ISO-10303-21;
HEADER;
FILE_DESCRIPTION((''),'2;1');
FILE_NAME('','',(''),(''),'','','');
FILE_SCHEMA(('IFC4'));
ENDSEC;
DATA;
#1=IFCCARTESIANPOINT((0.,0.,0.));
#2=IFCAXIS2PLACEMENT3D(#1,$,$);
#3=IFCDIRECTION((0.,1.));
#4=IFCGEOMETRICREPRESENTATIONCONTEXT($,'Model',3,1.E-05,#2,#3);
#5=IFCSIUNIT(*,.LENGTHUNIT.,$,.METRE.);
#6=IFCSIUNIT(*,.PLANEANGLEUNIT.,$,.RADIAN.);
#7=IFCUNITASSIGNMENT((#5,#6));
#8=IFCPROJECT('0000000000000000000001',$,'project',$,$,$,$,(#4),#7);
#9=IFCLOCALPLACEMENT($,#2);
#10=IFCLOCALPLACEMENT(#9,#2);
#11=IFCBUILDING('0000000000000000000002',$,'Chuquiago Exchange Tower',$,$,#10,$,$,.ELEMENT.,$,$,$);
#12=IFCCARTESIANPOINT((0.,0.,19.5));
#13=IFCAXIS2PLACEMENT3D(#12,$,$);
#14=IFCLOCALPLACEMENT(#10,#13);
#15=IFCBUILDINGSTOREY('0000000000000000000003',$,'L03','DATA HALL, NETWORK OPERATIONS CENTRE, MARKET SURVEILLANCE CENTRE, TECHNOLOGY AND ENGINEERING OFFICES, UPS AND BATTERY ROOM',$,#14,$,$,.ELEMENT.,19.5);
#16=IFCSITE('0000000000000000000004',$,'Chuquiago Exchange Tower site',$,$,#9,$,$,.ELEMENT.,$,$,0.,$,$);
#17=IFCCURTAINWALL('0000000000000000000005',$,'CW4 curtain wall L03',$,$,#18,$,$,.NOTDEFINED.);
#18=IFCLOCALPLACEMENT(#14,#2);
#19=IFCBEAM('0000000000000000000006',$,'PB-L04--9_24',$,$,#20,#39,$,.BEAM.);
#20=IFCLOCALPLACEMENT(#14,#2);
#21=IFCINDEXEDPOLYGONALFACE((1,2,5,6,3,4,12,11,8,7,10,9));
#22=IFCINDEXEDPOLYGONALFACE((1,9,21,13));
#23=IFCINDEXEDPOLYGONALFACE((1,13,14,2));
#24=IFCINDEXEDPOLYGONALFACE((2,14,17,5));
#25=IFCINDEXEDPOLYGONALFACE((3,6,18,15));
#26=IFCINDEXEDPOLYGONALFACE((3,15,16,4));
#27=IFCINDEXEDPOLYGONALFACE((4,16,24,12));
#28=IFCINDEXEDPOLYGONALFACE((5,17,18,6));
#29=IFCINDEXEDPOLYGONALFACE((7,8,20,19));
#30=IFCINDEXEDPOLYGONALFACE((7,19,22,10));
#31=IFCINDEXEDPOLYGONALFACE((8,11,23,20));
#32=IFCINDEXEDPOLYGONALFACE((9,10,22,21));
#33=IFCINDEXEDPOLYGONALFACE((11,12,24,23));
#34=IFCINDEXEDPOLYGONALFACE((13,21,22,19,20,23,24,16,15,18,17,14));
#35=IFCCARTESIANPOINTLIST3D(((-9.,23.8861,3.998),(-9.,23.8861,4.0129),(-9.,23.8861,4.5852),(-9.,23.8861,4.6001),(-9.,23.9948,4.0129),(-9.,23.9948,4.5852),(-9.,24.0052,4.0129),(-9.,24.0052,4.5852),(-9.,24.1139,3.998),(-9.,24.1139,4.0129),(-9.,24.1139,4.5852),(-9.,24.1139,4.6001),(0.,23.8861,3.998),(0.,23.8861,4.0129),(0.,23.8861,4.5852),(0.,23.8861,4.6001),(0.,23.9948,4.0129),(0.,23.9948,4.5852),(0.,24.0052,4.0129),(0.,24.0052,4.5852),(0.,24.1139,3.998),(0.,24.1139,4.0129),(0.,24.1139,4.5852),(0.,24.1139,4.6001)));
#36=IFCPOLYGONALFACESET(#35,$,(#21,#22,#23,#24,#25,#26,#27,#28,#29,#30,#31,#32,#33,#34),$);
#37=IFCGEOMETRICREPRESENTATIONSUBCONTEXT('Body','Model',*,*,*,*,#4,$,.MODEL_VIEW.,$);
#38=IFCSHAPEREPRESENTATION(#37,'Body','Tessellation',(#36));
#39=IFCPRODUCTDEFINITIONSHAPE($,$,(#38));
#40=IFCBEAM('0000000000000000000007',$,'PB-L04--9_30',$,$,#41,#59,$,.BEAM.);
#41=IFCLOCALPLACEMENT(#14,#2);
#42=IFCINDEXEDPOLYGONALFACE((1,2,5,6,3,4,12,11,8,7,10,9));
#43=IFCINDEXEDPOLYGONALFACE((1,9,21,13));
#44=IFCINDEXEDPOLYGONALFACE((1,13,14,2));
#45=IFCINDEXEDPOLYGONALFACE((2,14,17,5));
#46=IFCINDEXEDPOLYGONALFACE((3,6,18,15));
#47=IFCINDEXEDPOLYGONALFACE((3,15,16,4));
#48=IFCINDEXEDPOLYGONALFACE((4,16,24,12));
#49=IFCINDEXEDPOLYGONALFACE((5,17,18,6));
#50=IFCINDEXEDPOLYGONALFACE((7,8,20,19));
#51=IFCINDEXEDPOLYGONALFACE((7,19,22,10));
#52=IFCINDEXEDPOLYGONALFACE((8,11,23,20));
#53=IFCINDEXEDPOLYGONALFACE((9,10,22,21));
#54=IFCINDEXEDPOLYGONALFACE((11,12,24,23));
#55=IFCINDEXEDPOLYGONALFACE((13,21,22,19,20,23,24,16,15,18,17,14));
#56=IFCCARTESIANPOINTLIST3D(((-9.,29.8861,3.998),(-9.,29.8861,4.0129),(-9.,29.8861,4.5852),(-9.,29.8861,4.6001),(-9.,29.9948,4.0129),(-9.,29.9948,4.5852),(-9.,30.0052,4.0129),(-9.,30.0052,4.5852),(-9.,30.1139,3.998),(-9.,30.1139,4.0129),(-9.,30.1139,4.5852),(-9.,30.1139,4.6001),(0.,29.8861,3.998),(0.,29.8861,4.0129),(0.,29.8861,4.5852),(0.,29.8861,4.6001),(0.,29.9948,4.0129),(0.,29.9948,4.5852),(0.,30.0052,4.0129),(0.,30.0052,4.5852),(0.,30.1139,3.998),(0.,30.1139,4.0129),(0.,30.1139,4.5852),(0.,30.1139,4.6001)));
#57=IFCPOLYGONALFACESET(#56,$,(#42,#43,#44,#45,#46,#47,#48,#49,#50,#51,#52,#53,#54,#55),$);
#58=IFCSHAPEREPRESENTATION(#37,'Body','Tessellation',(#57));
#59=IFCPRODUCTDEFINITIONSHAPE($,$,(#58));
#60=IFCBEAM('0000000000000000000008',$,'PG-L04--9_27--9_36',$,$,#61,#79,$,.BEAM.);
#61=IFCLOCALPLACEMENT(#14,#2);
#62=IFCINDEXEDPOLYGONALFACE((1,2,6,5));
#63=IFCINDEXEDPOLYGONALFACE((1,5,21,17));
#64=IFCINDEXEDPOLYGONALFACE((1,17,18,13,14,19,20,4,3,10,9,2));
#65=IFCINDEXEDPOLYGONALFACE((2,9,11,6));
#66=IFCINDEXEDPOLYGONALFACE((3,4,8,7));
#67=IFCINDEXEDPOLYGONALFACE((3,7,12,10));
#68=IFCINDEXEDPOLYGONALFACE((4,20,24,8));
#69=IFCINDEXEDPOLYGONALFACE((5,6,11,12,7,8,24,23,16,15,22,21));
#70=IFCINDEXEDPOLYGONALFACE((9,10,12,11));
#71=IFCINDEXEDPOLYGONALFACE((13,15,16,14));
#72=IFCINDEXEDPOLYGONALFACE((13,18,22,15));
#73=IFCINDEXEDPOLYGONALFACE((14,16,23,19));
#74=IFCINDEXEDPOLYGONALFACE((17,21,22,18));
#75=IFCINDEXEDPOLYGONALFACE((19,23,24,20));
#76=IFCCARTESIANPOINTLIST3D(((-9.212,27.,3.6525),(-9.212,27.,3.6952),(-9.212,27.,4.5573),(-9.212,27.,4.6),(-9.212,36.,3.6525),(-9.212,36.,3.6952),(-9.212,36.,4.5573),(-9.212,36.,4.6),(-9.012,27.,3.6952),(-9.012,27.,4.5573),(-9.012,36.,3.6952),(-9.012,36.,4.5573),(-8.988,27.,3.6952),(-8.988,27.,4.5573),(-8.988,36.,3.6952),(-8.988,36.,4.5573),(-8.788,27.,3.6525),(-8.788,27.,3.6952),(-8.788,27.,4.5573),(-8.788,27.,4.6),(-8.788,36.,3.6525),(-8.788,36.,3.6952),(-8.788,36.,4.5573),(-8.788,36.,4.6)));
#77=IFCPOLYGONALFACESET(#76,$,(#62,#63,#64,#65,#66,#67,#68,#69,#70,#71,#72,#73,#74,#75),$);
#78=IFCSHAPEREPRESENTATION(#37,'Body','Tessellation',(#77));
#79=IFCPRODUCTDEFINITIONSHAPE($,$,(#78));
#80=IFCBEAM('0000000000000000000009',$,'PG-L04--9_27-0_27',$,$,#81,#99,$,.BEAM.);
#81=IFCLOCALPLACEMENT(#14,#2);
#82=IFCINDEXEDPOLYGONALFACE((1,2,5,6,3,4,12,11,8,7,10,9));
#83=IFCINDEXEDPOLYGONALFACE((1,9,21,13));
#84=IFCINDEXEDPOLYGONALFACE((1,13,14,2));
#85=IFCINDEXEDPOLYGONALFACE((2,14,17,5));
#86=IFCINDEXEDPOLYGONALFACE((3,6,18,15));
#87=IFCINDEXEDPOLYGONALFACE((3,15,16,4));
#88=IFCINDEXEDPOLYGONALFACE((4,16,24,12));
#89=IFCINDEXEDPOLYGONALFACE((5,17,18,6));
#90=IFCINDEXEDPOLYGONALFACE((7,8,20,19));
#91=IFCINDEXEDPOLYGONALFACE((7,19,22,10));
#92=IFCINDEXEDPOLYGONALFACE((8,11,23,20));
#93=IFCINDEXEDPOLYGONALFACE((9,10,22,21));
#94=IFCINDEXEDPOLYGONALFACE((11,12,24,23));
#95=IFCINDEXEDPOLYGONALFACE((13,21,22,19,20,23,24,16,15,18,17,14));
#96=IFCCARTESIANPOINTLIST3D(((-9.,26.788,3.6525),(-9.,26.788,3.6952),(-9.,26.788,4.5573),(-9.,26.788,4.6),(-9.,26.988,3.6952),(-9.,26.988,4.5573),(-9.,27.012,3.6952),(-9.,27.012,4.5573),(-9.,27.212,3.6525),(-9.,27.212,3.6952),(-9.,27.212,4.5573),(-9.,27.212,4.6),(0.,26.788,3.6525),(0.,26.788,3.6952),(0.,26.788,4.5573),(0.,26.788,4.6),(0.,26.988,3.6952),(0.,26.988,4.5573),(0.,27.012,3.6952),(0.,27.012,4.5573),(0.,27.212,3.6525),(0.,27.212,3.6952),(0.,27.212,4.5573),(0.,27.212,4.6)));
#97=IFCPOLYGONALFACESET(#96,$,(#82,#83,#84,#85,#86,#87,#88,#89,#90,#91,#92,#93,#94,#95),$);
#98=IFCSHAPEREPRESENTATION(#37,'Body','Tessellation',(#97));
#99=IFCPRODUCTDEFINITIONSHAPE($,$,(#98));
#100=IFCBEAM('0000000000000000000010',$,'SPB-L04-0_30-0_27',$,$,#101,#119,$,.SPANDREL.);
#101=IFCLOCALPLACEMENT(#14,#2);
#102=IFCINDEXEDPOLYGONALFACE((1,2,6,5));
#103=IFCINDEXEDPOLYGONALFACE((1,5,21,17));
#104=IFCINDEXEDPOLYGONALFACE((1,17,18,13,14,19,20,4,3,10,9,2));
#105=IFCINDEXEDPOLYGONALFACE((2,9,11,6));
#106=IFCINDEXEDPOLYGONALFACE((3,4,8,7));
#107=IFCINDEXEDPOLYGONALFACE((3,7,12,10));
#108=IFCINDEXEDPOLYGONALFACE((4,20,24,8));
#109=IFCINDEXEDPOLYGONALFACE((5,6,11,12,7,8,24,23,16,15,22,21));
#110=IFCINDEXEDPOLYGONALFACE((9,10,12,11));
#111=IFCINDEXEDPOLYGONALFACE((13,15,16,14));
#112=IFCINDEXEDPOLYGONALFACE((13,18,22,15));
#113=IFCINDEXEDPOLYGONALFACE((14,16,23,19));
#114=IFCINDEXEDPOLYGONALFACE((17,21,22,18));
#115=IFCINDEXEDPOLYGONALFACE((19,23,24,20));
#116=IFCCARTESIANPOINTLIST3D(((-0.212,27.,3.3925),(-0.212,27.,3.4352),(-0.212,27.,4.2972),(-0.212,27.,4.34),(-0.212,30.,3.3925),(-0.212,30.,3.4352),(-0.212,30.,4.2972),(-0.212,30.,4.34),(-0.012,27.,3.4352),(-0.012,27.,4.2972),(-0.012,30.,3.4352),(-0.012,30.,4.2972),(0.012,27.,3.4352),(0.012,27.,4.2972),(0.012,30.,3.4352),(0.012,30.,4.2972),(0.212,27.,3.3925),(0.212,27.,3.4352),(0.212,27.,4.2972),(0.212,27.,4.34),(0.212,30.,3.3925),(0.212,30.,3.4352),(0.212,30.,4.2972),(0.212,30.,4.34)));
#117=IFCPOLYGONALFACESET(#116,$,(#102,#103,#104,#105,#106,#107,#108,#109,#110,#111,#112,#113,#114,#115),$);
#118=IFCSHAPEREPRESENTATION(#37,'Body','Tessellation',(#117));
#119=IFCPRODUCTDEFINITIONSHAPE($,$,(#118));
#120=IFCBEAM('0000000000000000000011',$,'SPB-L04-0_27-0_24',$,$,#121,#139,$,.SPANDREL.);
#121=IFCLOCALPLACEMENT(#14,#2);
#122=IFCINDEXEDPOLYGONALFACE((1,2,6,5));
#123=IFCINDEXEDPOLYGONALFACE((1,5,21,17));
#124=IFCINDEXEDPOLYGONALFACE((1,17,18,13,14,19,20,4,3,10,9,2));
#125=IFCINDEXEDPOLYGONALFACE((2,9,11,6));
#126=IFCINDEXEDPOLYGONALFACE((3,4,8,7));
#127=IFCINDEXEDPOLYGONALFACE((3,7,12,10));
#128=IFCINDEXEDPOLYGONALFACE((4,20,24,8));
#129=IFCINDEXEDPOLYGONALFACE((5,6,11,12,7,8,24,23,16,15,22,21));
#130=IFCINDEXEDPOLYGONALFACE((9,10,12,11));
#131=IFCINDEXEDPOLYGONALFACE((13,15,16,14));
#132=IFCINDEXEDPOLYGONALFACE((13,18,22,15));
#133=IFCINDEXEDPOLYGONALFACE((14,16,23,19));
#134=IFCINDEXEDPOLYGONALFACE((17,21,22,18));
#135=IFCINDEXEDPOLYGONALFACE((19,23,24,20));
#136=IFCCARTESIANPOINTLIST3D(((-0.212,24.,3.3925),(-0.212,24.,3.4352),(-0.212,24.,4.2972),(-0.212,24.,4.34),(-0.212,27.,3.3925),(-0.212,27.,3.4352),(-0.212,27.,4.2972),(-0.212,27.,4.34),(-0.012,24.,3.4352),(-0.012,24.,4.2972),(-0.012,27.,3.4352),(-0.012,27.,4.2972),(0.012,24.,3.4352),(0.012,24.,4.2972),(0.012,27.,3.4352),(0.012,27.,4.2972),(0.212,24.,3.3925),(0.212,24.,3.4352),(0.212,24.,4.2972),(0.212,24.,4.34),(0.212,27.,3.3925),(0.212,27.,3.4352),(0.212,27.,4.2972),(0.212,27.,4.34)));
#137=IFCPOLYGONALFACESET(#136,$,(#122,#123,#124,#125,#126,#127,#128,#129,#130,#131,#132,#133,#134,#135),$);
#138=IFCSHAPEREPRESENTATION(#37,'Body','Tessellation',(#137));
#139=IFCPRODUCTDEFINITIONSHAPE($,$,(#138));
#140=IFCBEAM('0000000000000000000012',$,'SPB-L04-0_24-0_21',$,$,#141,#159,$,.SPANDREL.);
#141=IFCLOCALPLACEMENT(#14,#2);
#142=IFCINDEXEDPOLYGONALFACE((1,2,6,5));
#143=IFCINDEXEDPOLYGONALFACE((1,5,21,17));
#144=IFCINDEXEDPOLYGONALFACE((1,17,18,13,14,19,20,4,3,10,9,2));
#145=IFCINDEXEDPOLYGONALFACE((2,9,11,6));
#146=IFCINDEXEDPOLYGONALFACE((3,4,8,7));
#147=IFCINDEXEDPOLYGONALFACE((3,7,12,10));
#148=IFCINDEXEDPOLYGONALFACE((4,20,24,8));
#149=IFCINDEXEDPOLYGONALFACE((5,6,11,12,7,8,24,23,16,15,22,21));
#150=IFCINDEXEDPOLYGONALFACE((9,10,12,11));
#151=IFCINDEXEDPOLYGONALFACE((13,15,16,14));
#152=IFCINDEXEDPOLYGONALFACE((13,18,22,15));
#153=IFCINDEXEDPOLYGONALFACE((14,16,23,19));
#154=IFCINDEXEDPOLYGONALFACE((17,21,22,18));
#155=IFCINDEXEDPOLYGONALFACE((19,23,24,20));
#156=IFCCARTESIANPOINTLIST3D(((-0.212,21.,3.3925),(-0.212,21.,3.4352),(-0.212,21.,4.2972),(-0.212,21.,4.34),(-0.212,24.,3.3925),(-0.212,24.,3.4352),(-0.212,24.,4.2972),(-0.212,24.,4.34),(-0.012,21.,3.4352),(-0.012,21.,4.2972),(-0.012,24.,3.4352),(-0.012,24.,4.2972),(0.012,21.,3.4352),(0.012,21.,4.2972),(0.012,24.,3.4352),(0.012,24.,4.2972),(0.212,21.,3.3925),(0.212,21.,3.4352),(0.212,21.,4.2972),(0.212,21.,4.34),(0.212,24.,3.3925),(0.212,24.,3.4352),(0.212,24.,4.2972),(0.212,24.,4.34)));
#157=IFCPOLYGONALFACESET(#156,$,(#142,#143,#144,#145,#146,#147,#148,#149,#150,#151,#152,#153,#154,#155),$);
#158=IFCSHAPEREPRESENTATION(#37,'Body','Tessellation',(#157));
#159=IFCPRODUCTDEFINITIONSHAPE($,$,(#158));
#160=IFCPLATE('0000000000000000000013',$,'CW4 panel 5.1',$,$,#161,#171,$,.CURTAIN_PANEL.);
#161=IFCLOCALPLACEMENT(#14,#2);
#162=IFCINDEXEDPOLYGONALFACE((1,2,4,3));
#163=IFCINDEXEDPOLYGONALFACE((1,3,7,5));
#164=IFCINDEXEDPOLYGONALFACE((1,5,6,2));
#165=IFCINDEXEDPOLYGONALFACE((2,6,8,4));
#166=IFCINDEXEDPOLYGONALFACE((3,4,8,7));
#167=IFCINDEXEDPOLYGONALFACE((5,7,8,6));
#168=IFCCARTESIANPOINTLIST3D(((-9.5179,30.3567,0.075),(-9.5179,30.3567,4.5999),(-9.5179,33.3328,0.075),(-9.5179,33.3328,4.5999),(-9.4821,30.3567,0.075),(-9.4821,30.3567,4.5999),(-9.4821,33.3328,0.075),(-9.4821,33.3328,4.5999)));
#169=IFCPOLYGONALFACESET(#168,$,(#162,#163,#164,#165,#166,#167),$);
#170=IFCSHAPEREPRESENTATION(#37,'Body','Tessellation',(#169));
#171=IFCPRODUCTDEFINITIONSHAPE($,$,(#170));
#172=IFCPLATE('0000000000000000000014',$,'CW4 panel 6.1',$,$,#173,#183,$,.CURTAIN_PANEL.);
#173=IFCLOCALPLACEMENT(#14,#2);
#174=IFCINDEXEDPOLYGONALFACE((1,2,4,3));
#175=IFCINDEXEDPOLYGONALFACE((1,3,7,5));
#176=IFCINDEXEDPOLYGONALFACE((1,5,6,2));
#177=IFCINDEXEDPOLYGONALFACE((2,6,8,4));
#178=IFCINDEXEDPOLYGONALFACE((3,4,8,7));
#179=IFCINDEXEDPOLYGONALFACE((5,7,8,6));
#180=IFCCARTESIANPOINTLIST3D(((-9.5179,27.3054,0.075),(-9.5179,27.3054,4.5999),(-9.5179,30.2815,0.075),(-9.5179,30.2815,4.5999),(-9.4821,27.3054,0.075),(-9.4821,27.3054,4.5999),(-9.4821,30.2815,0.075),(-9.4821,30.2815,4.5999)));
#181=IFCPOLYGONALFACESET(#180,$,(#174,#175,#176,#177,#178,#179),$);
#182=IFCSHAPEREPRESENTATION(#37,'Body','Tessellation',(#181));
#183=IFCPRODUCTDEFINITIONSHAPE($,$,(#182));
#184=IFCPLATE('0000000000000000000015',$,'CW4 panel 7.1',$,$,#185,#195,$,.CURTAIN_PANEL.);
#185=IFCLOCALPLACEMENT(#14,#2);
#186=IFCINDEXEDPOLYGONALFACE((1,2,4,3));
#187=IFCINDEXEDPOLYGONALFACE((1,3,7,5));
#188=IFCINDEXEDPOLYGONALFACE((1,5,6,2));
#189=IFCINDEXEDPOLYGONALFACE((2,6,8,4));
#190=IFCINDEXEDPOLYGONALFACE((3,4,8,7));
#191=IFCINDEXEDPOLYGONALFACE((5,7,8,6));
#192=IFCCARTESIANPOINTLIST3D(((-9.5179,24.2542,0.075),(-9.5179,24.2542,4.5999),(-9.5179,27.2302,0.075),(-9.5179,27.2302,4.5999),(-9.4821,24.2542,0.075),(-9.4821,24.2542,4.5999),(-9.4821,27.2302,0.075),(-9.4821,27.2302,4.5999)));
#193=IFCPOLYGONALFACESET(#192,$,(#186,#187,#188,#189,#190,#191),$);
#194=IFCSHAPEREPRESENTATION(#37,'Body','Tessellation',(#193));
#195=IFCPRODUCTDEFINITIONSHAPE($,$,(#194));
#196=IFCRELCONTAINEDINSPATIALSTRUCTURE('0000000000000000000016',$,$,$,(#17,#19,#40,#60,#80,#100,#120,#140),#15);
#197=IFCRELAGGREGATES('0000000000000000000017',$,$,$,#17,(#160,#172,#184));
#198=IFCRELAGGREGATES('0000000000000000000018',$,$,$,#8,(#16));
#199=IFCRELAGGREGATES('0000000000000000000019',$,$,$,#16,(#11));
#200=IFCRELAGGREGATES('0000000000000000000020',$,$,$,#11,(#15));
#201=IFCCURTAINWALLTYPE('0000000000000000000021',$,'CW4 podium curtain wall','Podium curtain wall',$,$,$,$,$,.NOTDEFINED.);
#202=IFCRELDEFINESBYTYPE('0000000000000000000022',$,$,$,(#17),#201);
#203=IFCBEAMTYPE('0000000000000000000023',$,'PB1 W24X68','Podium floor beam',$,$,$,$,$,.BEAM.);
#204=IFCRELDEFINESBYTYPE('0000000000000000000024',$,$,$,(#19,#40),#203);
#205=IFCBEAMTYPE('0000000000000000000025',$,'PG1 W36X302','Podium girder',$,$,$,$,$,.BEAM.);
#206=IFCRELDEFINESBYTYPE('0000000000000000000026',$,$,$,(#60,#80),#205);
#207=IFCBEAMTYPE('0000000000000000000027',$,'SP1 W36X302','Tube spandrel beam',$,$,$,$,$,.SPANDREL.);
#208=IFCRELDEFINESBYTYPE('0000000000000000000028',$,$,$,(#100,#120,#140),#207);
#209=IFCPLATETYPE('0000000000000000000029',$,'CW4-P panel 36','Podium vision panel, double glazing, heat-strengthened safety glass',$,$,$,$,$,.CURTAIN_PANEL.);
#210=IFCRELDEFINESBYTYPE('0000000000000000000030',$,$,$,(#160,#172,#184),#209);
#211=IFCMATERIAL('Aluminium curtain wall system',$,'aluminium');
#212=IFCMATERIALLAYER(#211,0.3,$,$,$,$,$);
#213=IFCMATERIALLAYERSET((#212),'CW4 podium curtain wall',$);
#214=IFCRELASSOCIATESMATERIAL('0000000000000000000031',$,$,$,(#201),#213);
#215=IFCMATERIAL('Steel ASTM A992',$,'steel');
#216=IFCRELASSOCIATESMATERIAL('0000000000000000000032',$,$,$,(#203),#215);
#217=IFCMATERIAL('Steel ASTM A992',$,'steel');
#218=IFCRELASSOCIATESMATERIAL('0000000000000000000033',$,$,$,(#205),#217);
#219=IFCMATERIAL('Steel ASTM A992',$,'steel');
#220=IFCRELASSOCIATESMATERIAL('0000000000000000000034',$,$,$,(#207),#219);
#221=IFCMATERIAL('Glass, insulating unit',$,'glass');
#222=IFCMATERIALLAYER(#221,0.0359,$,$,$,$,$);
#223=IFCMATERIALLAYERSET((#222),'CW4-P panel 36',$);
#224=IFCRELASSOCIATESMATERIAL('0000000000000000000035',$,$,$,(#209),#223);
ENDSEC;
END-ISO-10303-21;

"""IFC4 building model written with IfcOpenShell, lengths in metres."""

from ifc_helpers import new_model, si_unit, direction, frame, origin, origin_2d, place, context, subcontext, project, spatial, rectangle, i_section, extrude, material, layer, layer_set, material_profile, profile_set, type_object, element, aggregate, save


model = new_model("IFC4")

# Units and contexts
model_context = context("Model", 3, precision=1e-05, world=origin(), true_north=direction((0.0, 1.0)))
body_context = subcontext(model_context, "Body", "Model", "MODEL_VIEW")
ifc_project = project(units=[si_unit("LENGTHUNIT", "METRE"), si_unit("PLANEANGLEUNIT", "RADIAN")], contexts=[model_context])

# Site, building, storey
site_placement = place(None, origin())
site = spatial("IfcSite", under=ifc_project, at=site_placement, Name="Chuquiago Exchange Tower site", CompositionType="ELEMENT", RefElevation=0.0)
building_placement = place(site_placement, origin())
building = spatial("IfcBuilding", under=site, at=building_placement, Name="Chuquiago Exchange Tower", CompositionType="ELEMENT")
storey_placement = place(building_placement, frame((0.0, 0.0, 19.5)))
storey = spatial("IfcBuildingStorey", under=building, at=storey_placement, Name="L03", Description="DATA HALL, NETWORK OPERATIONS CENTRE, MARKET SURVEILLANCE CENTRE, TECHNOLOGY AND ENGINEERING OFFICES, UPS AND BATTERY ROOM", CompositionType="ELEMENT", Elevation=19.5)

# Curtain wall
ifc_material_1 = material(Name="Aluminium curtain wall system", Category="aluminium")
ifc_layer_1 = layer(ifc_material_1, 0.3)
ifc_layer_set_1 = layer_set([ifc_layer_1], Name="CW4 podium curtain wall")
curtain_wall_type = type_object("IfcCurtainWallType", Name="CW4 podium curtain wall", Description="Podium curtain wall", PredefinedType="NOTDEFINED", material=ifc_layer_set_1)
curtain_wall_placement = place(storey_placement, origin())
curtain_wall = element("IfcCurtainWall", 1, at=curtain_wall_placement, inside=storey, type_object=curtain_wall_type, Name="CW4 curtain wall L03", PredefinedType="NOTDEFINED")

# Beams
ifc_material_2 = material(Name="Steel ASTM A992", Category="steel")
ifc_material_profile_1 = material_profile(ifc_material_2, i_section(OverallWidth=0.2278, OverallDepth=0.6021, WebThickness=0.0105, FlangeThickness=0.0149, at=origin_2d()), Name="W24X68")
ifc_profile_set_1 = profile_set([ifc_material_profile_1], Name="Steel ASTM A992")
beam_type_1 = type_object("IfcBeamType", Name="PB1 W24X68", Description="Podium floor beam", PredefinedType="BEAM", material=ifc_profile_set_1)
for number, where, z_axis, x_axis, name in (
    (2, (-9.0, 24.0, 4.2991), (1.0, 0.0, 0.0), (0.0, 1.0, 0.0), "PB-L04--9_24"),
    (3, (-9.0, 30.0, 4.2991), (1.0, 0.0, 0.0), (0.0, 1.0, 0.0), "PB-L04--9_30"),
):
    element("IfcBeam", number, at=place(storey_placement, frame(where, z_axis=z_axis, x_axis=x_axis)), inside=storey, type_object=beam_type_1, Name=name, PredefinedType="BEAM", context=body_context, shape_type="SweptSolid", body=[
        extrude(i_section(OverallWidth=0.2278, OverallDepth=0.6021, WebThickness=0.0105, FlangeThickness=0.0149, at=origin_2d()), origin(), (0.0, 0.0, 1.0), 9.0),
    ])
ifc_material_3 = material(Name="Steel ASTM A992", Category="steel")
ifc_material_profile_2 = material_profile(ifc_material_3, i_section(OverallWidth=0.4241, OverallDepth=0.9475, WebThickness=0.0239, FlangeThickness=0.0427, at=origin_2d()), Name="W36X302")
ifc_profile_set_2 = profile_set([ifc_material_profile_2], Name="Steel ASTM A992")
beam_type_2 = type_object("IfcBeamType", Name="PG1 W36X302", Description="Podium girder", PredefinedType="BEAM", material=ifc_profile_set_2)
for number, where, z_axis, x_axis, name in (
    (4, (-9.0, 27.0, 4.1262), (0.0, 1.0, 0.0), (-1.0, 0.0, 0.0), "PG-L04--9_27--9_36"),
    (5, (-9.0, 27.0, 4.1262), (1.0, 0.0, 0.0), (0.0, 1.0, 0.0), "PG-L04--9_27-0_27"),
):
    element("IfcBeam", number, at=place(storey_placement, frame(where, z_axis=z_axis, x_axis=x_axis)), inside=storey, type_object=beam_type_2, Name=name, PredefinedType="BEAM", context=body_context, shape_type="SweptSolid", body=[
        extrude(i_section(OverallWidth=0.4241, OverallDepth=0.9475, WebThickness=0.0239, FlangeThickness=0.0427, at=origin_2d()), origin(), (0.0, 0.0, 1.0), 9.0),
    ])
ifc_material_4 = material(Name="Steel ASTM A992", Category="steel")
ifc_material_profile_3 = material_profile(ifc_material_4, i_section(OverallWidth=0.4241, OverallDepth=0.9475, WebThickness=0.0239, FlangeThickness=0.0427, at=origin_2d()), Name="W36X302")
ifc_profile_set_3 = profile_set([ifc_material_profile_3], Name="Steel ASTM A992")
beam_type_3 = type_object("IfcBeamType", Name="SP1 W36X302", Description="Tube spandrel beam", PredefinedType="SPANDREL", material=ifc_profile_set_3)
for number, where, z_axis, x_axis, name in (
    (6, (0.0, 30.0, 3.8662), (0.0, -1.0, 0.0), (1.0, 0.0, 0.0), "SPB-L04-0_30-0_27"),
    (7, (0.0, 27.0, 3.8662), (0.0, -1.0, 0.0), (1.0, 0.0, 0.0), "SPB-L04-0_27-0_24"),
    (8, (0.0, 24.0, 3.8662), (0.0, -1.0, 0.0), (1.0, 0.0, 0.0), "SPB-L04-0_24-0_21"),
):
    element("IfcBeam", number, at=place(storey_placement, frame(where, z_axis=z_axis, x_axis=x_axis)), inside=storey, type_object=beam_type_3, Name=name, PredefinedType="SPANDREL", context=body_context, shape_type="SweptSolid", body=[
        extrude(i_section(OverallWidth=0.4241, OverallDepth=0.9475, WebThickness=0.0239, FlangeThickness=0.0427, at=origin_2d()), origin(), (0.0, 0.0, 1.0), 3.0),
    ])

# Plates
ifc_material_5 = material(Name="Glass, insulating unit", Category="glass")
ifc_layer_2 = layer(ifc_material_5, 0.0359)
ifc_layer_set_2 = layer_set([ifc_layer_2], Name="CW4-P panel 36")
plate_type = type_object("IfcPlateType", Name="CW4-P panel 36", Description="Podium vision panel, double glazing, heat-strengthened safety glass", PredefinedType="CURTAIN_PANEL", material=ifc_layer_set_2)
plate_1_placement = place(storey_placement, frame((-9.5, 31.8447, 0.075), z_axis=(0.0, 0.0, 1.0), x_axis=(0.0, -1.0, 0.0)))
plate_1 = element("IfcPlate", 9, at=plate_1_placement, type_object=plate_type, Name="CW4 panel 5.1", PredefinedType="CURTAIN_PANEL", context=body_context, shape_type="SweptSolid", body=[
    extrude(rectangle(XDim=2.9761, YDim=0.0359, at=origin_2d()), origin(), (0.0, 0.0, 1.0), 4.5249),
])
plate_2_placement = place(storey_placement, frame((-9.5, 28.7935, 0.075), z_axis=(0.0, 0.0, 1.0), x_axis=(0.0, -1.0, 0.0)))
plate_2 = element("IfcPlate", 10, at=plate_2_placement, type_object=plate_type, Name="CW4 panel 6.1", PredefinedType="CURTAIN_PANEL", context=body_context, shape_type="SweptSolid", body=[
    extrude(rectangle(XDim=2.9761, YDim=0.0359, at=origin_2d()), origin(), (0.0, 0.0, 1.0), 4.5249),
])
plate_3_placement = place(storey_placement, frame((-9.5, 25.7422, 0.075), z_axis=(0.0, 0.0, 1.0), x_axis=(0.0, -1.0, 0.0)))
plate_3 = element("IfcPlate", 11, at=plate_3_placement, type_object=plate_type, Name="CW4 panel 7.1", PredefinedType="CURTAIN_PANEL", context=body_context, shape_type="SweptSolid", body=[
    extrude(rectangle(XDim=2.9761, YDim=0.0359, at=origin_2d()), origin(), (0.0, 0.0, 1.0), 4.5249),
])
aggregate(curtain_wall, [plate_1, plate_2, plate_3])

save(model, "model.ifc")
